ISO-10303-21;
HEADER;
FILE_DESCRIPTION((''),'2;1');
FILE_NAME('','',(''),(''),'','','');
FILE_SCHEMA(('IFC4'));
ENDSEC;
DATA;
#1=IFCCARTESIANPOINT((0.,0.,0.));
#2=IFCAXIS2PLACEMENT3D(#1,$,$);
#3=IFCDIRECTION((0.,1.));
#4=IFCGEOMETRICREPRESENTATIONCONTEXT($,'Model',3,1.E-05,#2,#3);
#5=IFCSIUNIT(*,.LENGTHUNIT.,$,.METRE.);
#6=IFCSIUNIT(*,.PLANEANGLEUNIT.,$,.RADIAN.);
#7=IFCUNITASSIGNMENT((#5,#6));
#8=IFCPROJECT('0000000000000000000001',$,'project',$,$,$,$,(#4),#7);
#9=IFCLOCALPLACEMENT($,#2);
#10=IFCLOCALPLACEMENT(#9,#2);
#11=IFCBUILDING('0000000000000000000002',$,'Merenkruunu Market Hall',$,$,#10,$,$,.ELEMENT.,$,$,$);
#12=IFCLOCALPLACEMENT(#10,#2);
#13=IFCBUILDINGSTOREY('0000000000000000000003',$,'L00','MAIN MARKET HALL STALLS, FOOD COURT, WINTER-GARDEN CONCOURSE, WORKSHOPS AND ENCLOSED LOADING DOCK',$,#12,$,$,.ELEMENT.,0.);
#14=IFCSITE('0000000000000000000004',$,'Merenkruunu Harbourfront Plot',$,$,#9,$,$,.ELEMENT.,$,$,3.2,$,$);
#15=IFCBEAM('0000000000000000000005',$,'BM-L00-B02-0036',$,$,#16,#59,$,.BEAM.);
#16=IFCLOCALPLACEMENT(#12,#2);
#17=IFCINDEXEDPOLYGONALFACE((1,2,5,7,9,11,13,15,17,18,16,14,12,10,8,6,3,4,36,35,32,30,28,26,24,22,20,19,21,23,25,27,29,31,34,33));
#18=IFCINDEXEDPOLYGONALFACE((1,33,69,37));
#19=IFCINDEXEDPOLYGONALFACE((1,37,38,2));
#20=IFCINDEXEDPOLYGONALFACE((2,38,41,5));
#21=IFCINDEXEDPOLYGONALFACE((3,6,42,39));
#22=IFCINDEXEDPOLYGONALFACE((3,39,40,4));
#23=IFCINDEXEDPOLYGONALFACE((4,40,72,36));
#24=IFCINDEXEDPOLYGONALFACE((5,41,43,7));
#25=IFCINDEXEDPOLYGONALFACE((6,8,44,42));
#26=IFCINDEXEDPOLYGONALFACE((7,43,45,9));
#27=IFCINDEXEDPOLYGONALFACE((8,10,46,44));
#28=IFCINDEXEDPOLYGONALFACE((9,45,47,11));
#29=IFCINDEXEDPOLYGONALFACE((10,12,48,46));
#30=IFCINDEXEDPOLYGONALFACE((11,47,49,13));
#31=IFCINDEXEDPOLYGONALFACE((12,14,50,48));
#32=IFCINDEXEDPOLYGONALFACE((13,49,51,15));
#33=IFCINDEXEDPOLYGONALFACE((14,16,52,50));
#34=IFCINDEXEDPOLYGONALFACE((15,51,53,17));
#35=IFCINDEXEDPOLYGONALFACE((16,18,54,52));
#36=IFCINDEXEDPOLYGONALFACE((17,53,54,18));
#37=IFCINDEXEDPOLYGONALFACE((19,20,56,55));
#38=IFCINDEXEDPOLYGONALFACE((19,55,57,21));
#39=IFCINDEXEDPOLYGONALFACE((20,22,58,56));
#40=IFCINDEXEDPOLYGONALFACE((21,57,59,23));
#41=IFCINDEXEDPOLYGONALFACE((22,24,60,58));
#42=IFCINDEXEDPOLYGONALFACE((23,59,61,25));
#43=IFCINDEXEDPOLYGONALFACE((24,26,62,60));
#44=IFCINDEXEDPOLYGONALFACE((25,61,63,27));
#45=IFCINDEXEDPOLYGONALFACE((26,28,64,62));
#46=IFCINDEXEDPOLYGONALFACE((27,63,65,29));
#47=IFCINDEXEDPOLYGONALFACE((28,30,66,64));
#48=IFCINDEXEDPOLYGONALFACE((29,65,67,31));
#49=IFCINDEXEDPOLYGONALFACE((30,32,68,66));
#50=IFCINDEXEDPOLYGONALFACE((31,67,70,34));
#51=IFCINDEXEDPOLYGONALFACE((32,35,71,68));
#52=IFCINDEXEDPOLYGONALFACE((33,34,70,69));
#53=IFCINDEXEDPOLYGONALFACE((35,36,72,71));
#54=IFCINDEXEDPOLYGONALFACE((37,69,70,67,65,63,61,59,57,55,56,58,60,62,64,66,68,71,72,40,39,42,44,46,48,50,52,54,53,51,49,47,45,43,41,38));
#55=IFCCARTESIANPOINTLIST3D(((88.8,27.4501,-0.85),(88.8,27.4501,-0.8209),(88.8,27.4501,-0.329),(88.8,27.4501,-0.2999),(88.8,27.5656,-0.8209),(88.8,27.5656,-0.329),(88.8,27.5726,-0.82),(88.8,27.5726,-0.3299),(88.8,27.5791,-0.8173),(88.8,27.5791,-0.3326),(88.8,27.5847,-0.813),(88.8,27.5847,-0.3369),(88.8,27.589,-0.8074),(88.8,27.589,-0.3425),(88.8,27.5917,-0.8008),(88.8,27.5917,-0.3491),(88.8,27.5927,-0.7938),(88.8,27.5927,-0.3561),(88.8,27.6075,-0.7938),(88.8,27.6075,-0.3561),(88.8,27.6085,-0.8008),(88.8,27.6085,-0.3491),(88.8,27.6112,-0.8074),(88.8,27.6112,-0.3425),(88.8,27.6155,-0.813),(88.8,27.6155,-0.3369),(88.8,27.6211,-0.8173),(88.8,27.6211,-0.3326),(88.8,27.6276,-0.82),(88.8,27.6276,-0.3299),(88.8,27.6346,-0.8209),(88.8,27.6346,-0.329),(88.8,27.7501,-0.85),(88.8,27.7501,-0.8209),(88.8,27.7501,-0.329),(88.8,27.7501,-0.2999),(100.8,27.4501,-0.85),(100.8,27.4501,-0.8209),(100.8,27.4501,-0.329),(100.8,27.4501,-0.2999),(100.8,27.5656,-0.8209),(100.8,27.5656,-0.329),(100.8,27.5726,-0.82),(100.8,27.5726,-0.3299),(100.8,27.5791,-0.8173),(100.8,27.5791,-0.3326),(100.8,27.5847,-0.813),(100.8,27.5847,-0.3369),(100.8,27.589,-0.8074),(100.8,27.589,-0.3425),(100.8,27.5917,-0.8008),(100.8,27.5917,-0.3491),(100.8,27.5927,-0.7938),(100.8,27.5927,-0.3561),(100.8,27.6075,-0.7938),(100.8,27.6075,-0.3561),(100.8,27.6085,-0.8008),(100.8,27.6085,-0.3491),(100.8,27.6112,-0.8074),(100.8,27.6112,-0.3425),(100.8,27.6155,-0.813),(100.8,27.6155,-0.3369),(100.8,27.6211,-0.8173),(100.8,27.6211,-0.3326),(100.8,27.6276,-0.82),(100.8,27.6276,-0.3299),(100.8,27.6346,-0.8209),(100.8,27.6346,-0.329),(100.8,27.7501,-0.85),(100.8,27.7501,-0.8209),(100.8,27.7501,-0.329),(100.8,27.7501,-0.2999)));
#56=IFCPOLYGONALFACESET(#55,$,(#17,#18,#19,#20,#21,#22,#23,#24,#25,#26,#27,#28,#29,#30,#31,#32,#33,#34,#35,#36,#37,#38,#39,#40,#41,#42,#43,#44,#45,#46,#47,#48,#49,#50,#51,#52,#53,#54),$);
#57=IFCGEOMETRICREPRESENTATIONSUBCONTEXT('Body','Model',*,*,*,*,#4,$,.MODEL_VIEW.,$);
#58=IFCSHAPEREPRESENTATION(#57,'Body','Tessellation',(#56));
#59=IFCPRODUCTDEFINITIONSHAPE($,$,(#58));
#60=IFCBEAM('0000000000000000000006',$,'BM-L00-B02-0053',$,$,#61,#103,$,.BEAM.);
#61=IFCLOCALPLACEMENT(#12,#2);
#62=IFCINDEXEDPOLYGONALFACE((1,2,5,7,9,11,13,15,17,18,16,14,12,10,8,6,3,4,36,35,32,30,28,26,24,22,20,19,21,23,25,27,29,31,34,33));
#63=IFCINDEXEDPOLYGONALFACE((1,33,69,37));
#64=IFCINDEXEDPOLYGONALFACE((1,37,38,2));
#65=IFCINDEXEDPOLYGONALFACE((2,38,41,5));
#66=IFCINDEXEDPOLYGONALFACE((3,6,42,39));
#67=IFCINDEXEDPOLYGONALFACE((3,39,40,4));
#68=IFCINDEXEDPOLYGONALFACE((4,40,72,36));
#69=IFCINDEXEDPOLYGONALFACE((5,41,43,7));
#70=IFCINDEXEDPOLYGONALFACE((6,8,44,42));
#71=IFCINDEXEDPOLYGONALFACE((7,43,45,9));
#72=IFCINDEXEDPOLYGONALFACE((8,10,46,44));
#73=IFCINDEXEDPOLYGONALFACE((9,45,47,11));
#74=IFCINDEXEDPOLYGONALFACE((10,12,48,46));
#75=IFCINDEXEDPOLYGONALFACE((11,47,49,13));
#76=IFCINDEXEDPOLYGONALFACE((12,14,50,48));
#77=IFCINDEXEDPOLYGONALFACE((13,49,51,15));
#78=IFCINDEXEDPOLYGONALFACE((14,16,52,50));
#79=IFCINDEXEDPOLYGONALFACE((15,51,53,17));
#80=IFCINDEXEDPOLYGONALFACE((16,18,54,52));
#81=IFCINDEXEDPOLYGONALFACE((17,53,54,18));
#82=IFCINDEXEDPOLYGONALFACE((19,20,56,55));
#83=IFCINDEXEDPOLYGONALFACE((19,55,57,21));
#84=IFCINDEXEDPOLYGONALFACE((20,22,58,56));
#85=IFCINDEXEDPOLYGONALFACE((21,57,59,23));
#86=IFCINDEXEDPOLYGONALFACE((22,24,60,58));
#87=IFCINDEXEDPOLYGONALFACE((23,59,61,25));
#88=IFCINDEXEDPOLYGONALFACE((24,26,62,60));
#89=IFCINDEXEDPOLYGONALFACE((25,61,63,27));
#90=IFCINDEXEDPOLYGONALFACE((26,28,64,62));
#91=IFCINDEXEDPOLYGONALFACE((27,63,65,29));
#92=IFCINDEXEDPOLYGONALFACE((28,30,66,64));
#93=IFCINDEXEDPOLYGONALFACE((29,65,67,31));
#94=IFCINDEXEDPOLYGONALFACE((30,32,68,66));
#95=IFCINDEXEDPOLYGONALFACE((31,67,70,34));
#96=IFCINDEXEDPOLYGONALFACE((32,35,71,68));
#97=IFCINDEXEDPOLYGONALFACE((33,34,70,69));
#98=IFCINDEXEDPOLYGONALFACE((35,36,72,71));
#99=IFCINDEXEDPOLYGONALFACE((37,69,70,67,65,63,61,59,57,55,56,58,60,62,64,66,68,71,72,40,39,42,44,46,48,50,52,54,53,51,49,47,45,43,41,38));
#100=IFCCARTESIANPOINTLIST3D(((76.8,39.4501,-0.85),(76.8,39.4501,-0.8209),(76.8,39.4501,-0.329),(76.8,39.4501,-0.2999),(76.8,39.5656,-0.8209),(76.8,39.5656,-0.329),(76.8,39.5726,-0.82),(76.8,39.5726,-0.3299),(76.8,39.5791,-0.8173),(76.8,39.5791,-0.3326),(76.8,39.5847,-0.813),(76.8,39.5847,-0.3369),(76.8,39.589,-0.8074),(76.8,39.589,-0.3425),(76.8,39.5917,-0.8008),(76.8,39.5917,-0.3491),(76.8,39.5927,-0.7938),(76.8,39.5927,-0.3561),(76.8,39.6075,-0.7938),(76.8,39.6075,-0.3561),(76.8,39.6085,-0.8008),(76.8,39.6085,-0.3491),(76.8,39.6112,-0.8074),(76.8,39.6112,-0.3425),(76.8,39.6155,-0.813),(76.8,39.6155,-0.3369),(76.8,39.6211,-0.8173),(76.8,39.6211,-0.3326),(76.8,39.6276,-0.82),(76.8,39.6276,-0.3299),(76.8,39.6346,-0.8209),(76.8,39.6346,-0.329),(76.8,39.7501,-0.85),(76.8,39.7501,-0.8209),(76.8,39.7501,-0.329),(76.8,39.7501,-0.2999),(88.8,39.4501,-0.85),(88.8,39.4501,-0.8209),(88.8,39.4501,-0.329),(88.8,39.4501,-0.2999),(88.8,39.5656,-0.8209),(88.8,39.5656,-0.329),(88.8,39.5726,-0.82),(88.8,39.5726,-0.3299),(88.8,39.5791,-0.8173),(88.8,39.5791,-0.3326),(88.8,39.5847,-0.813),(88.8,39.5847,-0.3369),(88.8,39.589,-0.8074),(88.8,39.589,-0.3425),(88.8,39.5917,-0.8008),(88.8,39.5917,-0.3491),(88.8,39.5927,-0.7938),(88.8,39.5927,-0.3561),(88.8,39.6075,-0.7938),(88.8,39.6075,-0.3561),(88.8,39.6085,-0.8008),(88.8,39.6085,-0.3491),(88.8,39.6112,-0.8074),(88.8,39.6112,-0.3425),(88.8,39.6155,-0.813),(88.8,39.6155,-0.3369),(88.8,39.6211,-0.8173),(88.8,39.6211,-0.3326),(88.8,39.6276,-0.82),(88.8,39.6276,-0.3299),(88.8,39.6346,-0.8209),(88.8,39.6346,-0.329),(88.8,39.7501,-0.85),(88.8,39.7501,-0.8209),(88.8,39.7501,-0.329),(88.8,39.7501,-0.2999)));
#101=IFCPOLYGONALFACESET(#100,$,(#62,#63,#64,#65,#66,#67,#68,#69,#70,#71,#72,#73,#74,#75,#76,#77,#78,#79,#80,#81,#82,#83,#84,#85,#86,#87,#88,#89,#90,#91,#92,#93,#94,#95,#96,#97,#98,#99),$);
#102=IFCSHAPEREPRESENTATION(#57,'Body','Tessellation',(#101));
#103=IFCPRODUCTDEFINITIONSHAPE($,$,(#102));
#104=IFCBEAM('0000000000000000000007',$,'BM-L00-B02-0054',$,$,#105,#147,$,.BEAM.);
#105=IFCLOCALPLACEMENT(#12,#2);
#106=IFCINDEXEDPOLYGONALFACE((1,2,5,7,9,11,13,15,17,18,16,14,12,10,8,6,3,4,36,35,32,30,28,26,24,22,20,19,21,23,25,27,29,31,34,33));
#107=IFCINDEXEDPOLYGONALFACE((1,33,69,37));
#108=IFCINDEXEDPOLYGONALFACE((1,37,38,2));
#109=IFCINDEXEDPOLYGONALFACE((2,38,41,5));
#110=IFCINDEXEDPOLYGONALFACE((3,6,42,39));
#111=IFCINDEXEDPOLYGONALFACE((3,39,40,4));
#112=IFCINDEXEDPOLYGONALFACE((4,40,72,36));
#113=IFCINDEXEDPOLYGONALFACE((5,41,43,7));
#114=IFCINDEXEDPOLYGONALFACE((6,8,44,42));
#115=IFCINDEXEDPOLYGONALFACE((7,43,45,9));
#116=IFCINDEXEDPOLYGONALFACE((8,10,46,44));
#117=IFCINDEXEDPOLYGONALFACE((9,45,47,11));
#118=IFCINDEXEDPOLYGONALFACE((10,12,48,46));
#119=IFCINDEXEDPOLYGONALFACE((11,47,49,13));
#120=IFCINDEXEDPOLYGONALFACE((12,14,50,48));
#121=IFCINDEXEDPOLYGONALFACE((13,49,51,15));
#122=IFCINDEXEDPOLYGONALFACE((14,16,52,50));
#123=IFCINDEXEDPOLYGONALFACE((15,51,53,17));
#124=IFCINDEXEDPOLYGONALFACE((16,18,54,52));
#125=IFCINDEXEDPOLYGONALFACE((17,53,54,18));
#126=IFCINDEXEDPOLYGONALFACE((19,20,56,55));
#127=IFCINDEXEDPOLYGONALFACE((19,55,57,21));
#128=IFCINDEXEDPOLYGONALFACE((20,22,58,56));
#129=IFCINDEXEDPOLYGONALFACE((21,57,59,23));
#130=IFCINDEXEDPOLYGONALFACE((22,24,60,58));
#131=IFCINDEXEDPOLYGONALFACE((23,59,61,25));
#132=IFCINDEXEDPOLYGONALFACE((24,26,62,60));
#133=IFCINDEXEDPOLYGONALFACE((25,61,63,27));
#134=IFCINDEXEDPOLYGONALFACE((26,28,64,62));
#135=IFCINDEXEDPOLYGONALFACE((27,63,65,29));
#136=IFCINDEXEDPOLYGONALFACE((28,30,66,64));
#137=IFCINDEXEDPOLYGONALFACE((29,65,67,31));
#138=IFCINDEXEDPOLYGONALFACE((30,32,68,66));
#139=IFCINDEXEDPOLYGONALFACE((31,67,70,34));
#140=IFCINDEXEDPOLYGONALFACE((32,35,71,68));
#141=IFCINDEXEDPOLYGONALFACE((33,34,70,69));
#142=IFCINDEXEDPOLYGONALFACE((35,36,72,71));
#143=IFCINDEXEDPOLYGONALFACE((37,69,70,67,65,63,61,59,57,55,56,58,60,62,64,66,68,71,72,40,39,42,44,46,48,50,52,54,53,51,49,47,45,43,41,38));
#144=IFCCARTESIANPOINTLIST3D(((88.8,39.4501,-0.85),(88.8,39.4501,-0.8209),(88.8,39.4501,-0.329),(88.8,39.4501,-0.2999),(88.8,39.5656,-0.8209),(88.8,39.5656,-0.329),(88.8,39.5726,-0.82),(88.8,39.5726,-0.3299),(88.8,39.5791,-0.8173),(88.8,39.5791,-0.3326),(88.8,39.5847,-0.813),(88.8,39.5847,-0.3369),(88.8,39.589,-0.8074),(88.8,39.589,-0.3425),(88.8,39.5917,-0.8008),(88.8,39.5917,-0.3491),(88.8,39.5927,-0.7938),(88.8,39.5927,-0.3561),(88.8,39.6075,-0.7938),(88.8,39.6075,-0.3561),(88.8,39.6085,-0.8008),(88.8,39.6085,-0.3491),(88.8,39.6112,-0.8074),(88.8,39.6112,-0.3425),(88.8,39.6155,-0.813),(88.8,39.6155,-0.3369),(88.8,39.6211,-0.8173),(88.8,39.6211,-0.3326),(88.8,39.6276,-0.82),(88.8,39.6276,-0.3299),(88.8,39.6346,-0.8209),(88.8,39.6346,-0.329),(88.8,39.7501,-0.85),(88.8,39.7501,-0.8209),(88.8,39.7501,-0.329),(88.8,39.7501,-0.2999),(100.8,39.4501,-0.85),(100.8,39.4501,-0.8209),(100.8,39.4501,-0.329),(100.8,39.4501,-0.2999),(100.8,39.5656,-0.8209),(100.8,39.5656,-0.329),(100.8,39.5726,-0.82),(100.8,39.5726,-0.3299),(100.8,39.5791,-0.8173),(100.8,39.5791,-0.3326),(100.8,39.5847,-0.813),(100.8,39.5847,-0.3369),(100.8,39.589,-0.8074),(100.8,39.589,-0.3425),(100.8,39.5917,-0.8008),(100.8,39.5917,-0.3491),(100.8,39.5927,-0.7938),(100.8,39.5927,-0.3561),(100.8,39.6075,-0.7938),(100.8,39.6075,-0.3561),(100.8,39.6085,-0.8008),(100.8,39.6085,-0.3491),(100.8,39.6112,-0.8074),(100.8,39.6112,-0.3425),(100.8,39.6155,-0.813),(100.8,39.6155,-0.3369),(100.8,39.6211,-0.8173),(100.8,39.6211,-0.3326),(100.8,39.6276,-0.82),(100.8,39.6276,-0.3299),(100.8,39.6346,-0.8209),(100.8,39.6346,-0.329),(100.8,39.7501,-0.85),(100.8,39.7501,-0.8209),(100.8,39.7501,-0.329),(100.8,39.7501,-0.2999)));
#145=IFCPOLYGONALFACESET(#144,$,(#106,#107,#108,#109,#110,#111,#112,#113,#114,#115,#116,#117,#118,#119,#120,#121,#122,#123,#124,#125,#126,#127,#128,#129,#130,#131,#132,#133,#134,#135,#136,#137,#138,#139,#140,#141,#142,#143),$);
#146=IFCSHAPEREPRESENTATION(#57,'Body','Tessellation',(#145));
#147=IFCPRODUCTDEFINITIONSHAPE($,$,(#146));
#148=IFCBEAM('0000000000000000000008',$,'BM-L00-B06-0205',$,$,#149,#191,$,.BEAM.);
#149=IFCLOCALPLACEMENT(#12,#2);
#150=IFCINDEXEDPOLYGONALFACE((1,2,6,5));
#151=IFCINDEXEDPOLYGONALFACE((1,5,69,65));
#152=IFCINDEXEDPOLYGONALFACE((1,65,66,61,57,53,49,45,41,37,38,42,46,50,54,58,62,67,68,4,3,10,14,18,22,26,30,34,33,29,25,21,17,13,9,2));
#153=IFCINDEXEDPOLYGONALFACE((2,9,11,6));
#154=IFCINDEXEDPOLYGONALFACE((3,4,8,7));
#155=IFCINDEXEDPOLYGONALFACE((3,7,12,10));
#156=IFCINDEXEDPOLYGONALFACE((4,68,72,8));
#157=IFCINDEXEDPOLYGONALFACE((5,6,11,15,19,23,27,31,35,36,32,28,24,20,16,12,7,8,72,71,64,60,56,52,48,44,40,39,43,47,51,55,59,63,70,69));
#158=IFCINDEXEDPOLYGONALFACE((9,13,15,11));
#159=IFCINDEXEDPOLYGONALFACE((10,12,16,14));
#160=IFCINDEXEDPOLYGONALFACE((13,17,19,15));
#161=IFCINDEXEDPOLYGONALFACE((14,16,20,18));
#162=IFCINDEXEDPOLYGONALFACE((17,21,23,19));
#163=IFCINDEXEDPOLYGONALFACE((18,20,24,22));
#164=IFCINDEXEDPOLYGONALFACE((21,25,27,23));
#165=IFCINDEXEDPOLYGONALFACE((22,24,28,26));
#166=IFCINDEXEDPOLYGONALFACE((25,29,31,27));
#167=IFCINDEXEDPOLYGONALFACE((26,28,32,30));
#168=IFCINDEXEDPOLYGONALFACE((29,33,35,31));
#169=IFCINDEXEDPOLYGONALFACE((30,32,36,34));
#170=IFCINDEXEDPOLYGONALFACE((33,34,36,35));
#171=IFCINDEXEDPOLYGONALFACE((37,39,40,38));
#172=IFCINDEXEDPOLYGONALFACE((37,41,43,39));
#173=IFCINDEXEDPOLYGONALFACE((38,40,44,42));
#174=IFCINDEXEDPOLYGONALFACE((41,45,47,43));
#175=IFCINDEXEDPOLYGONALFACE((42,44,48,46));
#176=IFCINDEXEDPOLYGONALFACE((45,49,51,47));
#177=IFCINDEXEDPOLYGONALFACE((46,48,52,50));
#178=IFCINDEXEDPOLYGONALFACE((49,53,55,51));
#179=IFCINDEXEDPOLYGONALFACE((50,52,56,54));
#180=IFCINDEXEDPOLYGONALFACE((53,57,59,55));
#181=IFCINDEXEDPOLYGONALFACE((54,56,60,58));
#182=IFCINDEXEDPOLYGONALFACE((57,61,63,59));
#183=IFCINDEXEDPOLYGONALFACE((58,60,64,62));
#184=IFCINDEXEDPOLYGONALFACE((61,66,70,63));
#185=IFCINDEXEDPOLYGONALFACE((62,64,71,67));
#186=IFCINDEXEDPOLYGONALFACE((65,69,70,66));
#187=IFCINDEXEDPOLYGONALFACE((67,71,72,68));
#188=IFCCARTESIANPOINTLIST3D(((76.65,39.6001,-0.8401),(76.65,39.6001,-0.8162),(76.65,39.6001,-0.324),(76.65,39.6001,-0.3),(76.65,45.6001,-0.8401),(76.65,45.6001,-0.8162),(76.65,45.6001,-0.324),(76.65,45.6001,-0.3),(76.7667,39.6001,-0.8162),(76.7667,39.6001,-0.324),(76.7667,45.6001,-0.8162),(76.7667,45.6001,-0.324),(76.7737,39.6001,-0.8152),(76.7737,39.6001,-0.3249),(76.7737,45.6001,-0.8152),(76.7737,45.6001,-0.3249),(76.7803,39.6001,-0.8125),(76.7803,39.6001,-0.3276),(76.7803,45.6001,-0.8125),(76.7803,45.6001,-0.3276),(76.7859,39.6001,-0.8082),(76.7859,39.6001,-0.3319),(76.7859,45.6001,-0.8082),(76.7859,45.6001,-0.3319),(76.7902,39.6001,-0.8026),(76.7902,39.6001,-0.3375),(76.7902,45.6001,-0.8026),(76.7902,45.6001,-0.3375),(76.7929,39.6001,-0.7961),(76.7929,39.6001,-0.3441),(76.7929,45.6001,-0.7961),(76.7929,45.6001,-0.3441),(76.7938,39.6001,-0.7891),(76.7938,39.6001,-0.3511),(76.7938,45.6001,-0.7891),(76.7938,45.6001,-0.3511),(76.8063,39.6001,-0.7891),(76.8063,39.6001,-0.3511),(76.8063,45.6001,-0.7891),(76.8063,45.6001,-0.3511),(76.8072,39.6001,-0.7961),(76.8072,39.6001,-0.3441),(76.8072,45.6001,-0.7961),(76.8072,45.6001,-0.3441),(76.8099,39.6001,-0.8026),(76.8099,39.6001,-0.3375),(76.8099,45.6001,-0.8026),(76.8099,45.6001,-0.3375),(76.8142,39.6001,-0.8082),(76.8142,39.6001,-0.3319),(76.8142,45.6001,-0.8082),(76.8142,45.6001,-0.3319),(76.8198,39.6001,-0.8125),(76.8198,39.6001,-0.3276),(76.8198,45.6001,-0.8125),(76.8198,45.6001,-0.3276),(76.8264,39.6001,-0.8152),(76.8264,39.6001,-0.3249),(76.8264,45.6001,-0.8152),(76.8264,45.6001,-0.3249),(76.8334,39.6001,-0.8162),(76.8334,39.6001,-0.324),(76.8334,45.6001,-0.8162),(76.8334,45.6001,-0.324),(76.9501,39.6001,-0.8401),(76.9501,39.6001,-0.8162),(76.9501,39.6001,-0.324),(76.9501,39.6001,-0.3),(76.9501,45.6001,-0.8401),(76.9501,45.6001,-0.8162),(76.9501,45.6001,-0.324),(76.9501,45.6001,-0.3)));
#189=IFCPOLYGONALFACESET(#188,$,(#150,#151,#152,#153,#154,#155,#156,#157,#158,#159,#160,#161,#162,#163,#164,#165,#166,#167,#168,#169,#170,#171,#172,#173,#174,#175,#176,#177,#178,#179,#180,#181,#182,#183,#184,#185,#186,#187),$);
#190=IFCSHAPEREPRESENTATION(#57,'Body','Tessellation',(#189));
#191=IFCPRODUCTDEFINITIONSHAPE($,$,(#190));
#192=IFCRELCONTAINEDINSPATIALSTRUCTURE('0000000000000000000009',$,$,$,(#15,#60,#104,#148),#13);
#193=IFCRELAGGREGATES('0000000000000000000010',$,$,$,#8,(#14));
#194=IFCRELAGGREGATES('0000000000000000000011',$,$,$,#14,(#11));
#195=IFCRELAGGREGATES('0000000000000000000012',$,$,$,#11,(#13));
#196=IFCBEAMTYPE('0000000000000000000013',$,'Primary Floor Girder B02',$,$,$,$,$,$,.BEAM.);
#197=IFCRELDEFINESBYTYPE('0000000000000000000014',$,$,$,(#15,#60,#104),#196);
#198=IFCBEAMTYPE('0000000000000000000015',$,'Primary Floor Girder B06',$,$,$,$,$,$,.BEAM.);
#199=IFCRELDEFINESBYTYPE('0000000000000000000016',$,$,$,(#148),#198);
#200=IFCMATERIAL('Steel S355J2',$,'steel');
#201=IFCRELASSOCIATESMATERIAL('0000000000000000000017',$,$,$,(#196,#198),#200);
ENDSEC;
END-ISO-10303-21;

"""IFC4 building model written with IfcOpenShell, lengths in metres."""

from ifc_helpers import new_model, si_unit, direction, frame, origin, origin_2d, place, context, subcontext, project, spatial, i_section, extrude, material, material_profile, profile_set, type_object, element, save


model = new_model("IFC4")

# Units and contexts
model_context = context("Model", 3, precision=1e-05, world=origin(), true_north=direction((0.0, 1.0)))
body_context = subcontext(model_context, "Body", "Model", "MODEL_VIEW")
ifc_project = project(units=[si_unit("LENGTHUNIT", "METRE"), si_unit("PLANEANGLEUNIT", "RADIAN")], contexts=[model_context])

# Site, building, storey
site_placement = place(None, origin())
site = spatial("IfcSite", under=ifc_project, at=site_placement, Name="Merenkruunu Harbourfront Plot", CompositionType="ELEMENT", RefElevation=3.2)
building_placement = place(site_placement, origin())
building = spatial("IfcBuilding", under=site, at=building_placement, Name="Merenkruunu Market Hall", CompositionType="ELEMENT")
storey_placement = place(building_placement, origin())
storey = spatial("IfcBuildingStorey", under=building, at=storey_placement, Name="L00", Description="MAIN MARKET HALL STALLS, FOOD COURT, WINTER-GARDEN CONCOURSE, WORKSHOPS AND ENCLOSED LOADING DOCK", CompositionType="ELEMENT", Elevation=0.0)

# Shared definitions
ifc_material_1 = material(Name="Steel S355J2", Category="steel")

# Beams
ifc_material_profile_1 = material_profile(ifc_material_1, i_section(OverallWidth=0.3, OverallDepth=0.55, WebThickness=0.0149, FlangeThickness=0.0291, FilletRadius=0.0271, at=origin_2d()), Name="HEB 550")
ifc_profile_set_1 = profile_set([ifc_material_profile_1], Name="Steel S355J2")
beam_type_1 = type_object("IfcBeamType", Name="Primary Floor Girder B02", PredefinedType="BEAM", material=ifc_profile_set_1)
for number, where, z_axis, x_axis, name in (
    (1, (88.8, 27.6001, -0.575), (1.0, 0.0, 0.0), (0.0, 1.0, 0.0), "BM-L00-B02-0036"),
    (2, (76.8, 39.6001, -0.575), (1.0, 0.0, 0.0), (0.0, 1.0, 0.0), "BM-L00-B02-0053"),
    (3, (88.8, 39.6001, -0.575), (1.0, 0.0, 0.0), (0.0, 1.0, 0.0), "BM-L00-B02-0054"),
):
    element("IfcBeam", number, at=place(storey_placement, frame(where, z_axis=z_axis, x_axis=x_axis)), inside=storey, type_object=beam_type_1, Name=name, PredefinedType="BEAM", context=body_context, shape_type="SweptSolid", body=[
        extrude(i_section(OverallWidth=0.3, OverallDepth=0.55, WebThickness=0.0149, FlangeThickness=0.0291, FilletRadius=0.0271, at=origin_2d()), origin(), (0.0, 0.0, 1.0), 12.0),
    ])
ifc_material_profile_2 = material_profile(ifc_material_1, i_section(OverallWidth=0.3, OverallDepth=0.54, WebThickness=0.0125, FlangeThickness=0.0239, FilletRadius=0.0271, at=origin_2d()), Name="HEA 550")
ifc_profile_set_2 = profile_set([ifc_material_profile_2], Name="Steel S355J2")
beam_type_2 = type_object("IfcBeamType", Name="Primary Floor Girder B06", PredefinedType="BEAM", material=ifc_profile_set_2)
beam_1_placement = place(storey_placement, frame((76.8, 39.6001, -0.5701), z_axis=(0.0, 1.0, 0.0), x_axis=(-1.0, 0.0, 0.0)))
element("IfcBeam", 4, at=beam_1_placement, inside=storey, type_object=beam_type_2, Name="BM-L00-B06-0205", PredefinedType="BEAM", context=body_context, shape_type="SweptSolid", body=[
    extrude(i_section(OverallWidth=0.3, OverallDepth=0.54, WebThickness=0.0125, FlangeThickness=0.0239, FilletRadius=0.0271, at=origin_2d()), origin(), (0.0, 0.0, 1.0), 6.0),
])

save(model, "model.ifc")
